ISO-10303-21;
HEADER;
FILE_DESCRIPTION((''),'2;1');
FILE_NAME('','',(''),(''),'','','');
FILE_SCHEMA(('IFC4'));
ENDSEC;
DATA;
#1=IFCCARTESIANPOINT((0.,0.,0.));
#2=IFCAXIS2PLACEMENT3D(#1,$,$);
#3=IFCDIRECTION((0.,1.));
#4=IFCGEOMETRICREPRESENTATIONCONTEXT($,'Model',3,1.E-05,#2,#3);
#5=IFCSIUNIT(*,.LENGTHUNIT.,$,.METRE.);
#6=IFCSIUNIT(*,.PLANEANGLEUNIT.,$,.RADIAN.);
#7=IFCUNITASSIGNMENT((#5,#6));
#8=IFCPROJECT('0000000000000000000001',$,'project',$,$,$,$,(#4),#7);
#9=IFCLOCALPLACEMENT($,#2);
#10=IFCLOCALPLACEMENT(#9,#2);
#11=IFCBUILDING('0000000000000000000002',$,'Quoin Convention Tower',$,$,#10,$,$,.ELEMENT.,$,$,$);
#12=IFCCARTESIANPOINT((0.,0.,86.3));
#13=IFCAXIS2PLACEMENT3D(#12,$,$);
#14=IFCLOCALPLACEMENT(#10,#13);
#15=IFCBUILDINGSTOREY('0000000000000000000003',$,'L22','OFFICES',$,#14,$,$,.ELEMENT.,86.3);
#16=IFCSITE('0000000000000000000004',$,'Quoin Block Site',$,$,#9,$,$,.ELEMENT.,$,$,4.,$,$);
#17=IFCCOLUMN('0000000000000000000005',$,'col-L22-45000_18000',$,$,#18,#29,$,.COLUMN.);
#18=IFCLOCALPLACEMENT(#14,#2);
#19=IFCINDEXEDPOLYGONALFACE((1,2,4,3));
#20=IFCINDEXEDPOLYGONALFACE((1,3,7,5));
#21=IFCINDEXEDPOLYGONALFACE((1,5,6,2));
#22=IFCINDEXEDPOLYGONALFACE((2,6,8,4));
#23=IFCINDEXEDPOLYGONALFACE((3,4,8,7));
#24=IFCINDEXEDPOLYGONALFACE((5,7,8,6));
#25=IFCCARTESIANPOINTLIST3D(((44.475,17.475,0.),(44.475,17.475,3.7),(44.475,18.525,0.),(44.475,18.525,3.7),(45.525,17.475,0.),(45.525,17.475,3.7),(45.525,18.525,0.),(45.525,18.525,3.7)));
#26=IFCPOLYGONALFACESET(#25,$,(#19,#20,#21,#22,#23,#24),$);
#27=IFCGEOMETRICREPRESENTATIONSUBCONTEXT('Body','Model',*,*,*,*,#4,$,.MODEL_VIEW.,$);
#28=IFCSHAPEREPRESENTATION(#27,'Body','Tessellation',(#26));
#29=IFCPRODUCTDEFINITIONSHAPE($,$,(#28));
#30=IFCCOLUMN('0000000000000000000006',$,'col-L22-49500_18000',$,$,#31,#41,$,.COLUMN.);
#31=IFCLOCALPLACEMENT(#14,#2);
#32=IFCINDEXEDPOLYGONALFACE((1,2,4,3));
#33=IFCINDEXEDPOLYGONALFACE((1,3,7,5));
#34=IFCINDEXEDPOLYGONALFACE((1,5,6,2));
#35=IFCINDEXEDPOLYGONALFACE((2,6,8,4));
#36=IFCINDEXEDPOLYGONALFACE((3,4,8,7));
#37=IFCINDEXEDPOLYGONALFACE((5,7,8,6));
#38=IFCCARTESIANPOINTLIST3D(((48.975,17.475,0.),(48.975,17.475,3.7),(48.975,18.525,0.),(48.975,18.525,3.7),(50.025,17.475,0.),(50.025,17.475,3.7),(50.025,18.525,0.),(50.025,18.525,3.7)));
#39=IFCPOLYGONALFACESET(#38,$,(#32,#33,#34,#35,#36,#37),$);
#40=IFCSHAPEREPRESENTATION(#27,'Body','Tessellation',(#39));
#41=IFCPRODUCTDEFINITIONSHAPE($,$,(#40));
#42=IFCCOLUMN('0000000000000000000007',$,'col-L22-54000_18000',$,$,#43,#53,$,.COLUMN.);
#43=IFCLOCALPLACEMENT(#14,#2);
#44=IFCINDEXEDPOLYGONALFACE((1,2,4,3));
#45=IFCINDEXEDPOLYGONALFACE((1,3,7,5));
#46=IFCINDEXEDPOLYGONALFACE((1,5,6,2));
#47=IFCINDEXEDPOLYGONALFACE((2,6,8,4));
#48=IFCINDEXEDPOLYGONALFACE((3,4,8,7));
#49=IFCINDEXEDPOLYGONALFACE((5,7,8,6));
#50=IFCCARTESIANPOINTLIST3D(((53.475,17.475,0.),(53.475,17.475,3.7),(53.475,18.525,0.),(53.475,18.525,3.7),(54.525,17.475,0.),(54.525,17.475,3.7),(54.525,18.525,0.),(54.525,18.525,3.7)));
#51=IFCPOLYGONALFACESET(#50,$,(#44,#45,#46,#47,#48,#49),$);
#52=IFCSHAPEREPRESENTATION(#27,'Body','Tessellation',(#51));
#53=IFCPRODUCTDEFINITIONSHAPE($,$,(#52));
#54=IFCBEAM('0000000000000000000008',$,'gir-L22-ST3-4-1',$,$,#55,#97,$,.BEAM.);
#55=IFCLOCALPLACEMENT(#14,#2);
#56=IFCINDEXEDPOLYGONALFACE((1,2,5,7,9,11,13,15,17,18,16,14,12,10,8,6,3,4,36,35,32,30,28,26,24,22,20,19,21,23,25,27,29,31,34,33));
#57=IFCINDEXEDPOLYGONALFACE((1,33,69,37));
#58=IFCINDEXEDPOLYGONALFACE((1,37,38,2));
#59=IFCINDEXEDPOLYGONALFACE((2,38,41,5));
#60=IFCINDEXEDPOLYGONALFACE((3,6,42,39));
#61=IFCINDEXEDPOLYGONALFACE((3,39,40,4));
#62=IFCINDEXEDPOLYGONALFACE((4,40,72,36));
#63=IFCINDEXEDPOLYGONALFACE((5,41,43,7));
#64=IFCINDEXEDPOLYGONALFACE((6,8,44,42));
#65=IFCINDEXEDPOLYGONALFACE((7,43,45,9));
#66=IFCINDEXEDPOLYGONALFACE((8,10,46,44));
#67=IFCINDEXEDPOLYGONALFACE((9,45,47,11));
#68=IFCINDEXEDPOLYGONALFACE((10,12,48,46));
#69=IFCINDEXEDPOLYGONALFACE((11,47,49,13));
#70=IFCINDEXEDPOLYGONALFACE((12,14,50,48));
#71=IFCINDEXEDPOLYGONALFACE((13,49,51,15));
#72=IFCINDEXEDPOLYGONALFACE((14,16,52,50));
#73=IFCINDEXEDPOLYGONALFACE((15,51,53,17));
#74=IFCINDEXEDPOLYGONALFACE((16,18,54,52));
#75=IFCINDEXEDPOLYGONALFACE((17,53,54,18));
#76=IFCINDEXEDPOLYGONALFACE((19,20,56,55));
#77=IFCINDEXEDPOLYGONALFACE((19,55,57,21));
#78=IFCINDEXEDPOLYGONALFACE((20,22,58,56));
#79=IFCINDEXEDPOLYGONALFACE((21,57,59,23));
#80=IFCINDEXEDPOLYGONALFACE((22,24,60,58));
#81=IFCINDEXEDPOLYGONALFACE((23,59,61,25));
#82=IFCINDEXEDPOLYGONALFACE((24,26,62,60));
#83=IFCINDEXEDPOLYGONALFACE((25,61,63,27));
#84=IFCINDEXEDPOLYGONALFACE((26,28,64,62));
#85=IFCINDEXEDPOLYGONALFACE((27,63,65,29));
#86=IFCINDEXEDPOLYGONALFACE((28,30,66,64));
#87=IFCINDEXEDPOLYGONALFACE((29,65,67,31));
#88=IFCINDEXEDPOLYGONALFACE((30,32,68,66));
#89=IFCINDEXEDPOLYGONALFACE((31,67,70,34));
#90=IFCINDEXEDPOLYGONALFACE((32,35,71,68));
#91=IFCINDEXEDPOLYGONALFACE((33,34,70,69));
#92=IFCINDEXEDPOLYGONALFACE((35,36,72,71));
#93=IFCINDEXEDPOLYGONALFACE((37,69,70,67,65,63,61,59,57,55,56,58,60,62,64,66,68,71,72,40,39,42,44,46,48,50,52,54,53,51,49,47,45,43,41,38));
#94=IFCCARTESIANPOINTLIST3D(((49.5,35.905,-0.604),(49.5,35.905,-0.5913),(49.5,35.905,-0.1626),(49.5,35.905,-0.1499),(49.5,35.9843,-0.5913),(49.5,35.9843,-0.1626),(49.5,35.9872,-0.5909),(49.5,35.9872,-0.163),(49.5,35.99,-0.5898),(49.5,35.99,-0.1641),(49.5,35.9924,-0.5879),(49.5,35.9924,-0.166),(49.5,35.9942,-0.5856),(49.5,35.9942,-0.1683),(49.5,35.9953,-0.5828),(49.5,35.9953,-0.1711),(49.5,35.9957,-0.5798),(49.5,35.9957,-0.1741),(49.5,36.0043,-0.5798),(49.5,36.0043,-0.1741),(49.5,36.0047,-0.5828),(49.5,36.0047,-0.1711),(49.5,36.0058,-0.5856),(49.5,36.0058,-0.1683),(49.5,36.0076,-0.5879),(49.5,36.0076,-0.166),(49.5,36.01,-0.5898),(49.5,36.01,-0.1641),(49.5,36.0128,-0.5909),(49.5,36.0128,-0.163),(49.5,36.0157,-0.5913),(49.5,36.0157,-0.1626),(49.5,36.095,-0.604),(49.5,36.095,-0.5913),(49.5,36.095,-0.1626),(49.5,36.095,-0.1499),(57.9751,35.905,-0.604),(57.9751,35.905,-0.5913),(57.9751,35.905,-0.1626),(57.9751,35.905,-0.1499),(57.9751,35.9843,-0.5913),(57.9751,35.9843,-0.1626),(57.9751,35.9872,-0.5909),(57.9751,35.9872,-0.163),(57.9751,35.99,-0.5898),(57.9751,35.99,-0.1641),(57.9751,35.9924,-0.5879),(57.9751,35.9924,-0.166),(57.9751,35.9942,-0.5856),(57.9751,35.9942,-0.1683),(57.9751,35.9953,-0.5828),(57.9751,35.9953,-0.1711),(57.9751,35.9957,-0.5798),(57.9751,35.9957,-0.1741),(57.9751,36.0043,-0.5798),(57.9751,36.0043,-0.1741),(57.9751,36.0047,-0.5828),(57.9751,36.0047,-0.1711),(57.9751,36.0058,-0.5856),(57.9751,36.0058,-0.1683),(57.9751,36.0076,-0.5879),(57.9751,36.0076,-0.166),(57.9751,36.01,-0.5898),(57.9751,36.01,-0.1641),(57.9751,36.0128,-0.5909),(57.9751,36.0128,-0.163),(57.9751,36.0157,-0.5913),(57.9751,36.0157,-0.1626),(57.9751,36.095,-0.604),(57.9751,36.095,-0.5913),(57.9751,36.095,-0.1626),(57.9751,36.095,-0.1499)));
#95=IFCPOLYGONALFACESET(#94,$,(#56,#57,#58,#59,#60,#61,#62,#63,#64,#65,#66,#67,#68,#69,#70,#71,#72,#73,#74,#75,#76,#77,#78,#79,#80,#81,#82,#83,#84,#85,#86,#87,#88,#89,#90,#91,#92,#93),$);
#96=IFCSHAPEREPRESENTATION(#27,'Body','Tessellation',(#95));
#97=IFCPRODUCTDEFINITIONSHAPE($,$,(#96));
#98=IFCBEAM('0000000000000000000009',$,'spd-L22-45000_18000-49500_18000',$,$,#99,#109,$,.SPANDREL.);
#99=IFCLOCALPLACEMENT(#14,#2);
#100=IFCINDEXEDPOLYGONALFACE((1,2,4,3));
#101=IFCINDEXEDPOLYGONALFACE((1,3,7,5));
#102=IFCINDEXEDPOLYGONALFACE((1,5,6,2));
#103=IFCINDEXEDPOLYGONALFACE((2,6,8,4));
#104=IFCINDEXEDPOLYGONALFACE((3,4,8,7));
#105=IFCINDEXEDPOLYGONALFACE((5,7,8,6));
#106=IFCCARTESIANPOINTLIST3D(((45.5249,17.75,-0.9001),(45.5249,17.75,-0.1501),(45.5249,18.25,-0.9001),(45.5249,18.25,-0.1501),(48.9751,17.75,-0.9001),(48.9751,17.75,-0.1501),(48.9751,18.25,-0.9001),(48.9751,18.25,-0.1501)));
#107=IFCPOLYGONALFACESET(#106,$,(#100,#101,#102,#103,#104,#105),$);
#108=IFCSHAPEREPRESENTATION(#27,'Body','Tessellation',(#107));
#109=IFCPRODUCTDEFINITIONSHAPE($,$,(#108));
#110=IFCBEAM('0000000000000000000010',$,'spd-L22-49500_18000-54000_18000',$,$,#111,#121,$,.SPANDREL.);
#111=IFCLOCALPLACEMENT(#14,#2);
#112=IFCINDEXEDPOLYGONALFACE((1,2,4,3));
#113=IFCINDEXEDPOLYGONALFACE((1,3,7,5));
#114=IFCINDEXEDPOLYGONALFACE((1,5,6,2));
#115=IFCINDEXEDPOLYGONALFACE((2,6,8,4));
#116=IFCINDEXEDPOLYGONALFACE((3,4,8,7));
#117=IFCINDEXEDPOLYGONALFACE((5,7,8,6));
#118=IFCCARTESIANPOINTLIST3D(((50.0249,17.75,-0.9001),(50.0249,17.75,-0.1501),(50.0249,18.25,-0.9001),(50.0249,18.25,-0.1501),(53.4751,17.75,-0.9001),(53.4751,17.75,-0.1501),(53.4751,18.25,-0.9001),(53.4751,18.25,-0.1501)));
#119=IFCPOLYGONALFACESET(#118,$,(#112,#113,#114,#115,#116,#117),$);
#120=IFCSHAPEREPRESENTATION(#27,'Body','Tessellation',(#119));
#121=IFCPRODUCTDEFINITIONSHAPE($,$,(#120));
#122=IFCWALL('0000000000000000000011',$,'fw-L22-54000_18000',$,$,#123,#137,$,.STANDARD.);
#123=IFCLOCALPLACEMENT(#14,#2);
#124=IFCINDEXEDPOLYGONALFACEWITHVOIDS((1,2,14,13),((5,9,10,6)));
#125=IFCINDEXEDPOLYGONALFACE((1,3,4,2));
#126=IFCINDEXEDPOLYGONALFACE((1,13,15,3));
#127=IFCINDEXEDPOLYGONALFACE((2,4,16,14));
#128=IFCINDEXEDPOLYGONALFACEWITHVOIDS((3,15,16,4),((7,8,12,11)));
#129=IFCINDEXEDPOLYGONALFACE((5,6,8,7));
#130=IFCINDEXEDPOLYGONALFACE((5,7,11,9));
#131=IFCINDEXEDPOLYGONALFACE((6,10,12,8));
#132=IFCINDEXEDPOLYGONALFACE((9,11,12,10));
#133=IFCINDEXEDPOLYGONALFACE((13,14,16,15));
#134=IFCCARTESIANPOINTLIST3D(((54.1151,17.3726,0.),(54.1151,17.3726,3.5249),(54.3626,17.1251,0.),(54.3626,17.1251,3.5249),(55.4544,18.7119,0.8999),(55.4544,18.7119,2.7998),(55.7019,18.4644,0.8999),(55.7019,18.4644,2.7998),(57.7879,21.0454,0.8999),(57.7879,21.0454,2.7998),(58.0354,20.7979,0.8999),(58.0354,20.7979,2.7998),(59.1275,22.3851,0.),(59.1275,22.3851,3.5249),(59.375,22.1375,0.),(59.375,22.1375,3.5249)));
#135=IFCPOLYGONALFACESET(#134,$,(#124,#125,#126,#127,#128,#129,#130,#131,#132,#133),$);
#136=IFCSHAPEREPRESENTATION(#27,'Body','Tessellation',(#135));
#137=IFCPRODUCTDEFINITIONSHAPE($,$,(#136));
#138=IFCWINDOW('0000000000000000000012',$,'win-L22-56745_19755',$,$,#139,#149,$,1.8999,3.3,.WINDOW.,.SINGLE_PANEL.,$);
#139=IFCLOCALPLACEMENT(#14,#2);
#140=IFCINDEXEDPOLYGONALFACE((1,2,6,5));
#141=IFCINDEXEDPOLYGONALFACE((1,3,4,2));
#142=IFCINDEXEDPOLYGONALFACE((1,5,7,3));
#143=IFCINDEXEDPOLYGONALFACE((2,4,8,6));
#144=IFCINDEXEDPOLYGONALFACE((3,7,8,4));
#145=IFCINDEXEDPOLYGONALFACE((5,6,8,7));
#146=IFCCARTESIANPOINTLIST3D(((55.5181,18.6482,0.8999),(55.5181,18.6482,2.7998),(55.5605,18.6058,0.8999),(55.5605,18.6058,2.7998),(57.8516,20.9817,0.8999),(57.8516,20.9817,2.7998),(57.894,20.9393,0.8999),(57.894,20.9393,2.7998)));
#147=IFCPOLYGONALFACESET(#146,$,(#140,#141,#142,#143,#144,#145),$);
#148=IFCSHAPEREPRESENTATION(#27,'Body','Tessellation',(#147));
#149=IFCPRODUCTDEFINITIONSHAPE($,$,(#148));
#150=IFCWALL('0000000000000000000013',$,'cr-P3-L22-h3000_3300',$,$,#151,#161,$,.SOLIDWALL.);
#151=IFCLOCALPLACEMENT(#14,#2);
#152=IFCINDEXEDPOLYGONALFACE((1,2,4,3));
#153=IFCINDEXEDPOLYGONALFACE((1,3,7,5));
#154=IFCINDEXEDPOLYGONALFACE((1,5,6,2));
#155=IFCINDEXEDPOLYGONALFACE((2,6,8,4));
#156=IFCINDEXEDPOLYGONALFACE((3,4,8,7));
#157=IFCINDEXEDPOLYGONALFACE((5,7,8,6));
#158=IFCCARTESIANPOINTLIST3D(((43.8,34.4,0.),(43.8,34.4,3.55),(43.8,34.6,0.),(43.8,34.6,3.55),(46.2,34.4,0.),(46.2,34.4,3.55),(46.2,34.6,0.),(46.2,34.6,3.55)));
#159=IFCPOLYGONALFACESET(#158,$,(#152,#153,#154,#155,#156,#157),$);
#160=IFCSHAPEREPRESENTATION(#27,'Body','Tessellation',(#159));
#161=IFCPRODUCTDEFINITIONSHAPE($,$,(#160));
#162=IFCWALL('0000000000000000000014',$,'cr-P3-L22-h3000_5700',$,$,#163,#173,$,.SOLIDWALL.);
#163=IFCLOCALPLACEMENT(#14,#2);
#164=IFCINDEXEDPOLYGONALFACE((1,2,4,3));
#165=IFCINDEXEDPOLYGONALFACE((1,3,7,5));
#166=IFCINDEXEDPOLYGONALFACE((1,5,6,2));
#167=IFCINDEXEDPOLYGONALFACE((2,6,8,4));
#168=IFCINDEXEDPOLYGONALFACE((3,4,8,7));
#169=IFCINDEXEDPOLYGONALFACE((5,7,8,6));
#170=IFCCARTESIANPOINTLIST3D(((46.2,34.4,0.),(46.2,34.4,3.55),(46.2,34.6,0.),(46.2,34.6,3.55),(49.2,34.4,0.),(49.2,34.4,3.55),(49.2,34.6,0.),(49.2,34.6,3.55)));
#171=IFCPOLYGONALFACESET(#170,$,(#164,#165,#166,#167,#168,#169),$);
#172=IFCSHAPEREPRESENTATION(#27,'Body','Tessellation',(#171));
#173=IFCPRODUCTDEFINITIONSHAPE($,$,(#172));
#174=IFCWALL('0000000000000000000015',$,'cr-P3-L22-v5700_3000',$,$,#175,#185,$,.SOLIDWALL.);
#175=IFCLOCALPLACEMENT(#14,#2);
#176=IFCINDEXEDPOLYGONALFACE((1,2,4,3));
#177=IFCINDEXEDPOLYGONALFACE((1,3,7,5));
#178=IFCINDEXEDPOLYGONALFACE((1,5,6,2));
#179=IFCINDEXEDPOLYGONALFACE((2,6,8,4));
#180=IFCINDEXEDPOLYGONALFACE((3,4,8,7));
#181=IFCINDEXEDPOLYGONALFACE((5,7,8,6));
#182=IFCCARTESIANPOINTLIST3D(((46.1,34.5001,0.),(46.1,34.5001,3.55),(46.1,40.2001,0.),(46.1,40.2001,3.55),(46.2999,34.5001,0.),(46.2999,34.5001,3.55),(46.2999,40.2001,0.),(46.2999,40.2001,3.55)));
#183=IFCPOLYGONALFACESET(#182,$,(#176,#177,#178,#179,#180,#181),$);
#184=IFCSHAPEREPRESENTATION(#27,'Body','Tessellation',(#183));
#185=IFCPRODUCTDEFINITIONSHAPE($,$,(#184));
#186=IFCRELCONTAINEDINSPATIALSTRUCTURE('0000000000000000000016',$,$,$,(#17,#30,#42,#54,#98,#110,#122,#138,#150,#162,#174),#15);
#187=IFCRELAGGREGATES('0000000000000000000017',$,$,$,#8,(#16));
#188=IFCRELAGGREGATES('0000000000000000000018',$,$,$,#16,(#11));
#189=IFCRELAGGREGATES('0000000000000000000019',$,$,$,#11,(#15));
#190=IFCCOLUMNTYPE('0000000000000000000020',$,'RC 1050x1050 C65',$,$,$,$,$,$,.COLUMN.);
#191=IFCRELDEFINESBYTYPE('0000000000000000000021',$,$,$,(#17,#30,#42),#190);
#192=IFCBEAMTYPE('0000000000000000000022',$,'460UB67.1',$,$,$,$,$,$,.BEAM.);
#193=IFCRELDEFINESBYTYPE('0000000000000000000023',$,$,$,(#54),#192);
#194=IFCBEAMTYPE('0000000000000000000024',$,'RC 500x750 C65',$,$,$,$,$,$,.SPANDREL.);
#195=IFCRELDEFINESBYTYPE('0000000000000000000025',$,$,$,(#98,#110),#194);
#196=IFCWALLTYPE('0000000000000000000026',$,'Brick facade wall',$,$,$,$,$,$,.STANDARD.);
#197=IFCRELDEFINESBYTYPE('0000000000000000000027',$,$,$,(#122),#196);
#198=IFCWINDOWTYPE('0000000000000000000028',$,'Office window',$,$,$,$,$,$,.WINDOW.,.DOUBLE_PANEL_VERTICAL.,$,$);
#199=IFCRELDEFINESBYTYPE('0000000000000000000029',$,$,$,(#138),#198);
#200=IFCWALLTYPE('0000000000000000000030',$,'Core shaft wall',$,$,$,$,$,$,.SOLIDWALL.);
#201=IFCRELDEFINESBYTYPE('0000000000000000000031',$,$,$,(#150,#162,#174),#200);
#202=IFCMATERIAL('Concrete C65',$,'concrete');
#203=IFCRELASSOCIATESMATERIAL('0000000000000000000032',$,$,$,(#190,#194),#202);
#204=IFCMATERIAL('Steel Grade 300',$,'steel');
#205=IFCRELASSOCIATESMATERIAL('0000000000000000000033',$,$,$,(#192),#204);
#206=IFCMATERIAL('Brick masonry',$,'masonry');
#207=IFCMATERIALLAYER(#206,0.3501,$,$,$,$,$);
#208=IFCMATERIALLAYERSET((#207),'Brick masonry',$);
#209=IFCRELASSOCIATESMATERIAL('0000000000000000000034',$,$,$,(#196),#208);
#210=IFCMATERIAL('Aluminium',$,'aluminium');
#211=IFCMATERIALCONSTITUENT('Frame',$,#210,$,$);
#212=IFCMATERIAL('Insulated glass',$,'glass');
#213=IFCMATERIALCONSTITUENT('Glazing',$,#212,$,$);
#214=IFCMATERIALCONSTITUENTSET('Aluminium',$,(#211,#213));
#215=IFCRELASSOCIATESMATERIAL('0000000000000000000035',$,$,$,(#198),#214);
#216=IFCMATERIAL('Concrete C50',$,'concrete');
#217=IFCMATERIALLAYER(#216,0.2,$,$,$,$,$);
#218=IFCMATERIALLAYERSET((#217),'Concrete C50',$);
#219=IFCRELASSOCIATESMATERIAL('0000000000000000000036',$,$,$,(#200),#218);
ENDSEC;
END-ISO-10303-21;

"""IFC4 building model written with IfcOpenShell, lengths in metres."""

from ifc_helpers import new_model, si_unit, direction, frame, frame_2d, origin, origin_2d, place, context, subcontext, project, spatial, rectangle, i_section, extrude, material, layer, layer_set, constituent, constituent_set, material_profile, profile_set, type_object, element, fill, save


model = new_model("IFC4")

# Units and contexts
model_context = context("Model", 3, precision=1e-05, world=origin(), true_north=direction((0.0, 1.0)))
body_context = subcontext(model_context, "Body", "Model", "MODEL_VIEW")
ifc_project = project(units=[si_unit("LENGTHUNIT", "METRE"), si_unit("PLANEANGLEUNIT", "RADIAN")], contexts=[model_context])

# Site, building, storey
site_placement = place(None, origin())
site = spatial("IfcSite", under=ifc_project, at=site_placement, Name="Quoin Block Site", CompositionType="ELEMENT", RefElevation=4.0)
building_placement = place(site_placement, origin())
building = spatial("IfcBuilding", under=site, at=building_placement, Name="Quoin Convention Tower", CompositionType="ELEMENT")
storey_placement = place(building_placement, frame((0.0, 0.0, 86.3)))
storey = spatial("IfcBuildingStorey", under=building, at=storey_placement, Name="L22", Description="OFFICES", CompositionType="ELEMENT", Elevation=86.3)

# Columns
ifc_material_1 = material(Name="Concrete C65", Category="concrete")
ifc_material_profile_1 = material_profile(ifc_material_1, rectangle(XDim=1.05, YDim=1.05, at=origin_2d()), Name="RC 1050x1050")
ifc_profile_set_1 = profile_set([ifc_material_profile_1], Name="Concrete C65")
column_type = type_object("IfcColumnType", Name="RC 1050x1050 C65", PredefinedType="COLUMN", material=ifc_profile_set_1)
for number, where, z_axis, x_axis, name in (
    (1, (45.0, 18.0, 0.0), (0.0, 0.0, 1.0), (1.0, 0.0, 0.0), "col-L22-45000_18000"),
    (2, (49.5, 18.0, 0.0), (0.0, 0.0, 1.0), (1.0, 0.0, 0.0), "col-L22-49500_18000"),
    (3, (54.0, 18.0, 0.0), (0.0, 0.0, 1.0), (1.0, 0.0, 0.0), "col-L22-54000_18000"),
):
    element("IfcColumn", number, at=place(storey_placement, frame(where, z_axis=z_axis, x_axis=x_axis)), inside=storey, type_object=column_type, Name=name, PredefinedType="COLUMN", context=body_context, shape_type="SweptSolid", body=[
        extrude(rectangle(XDim=1.05, YDim=1.05, at=origin_2d()), origin(), (0.0, 0.0, 1.0), 3.7),
    ])

# Beams
ifc_material_2 = material(Name="Steel Grade 300", Category="steel")
ifc_material_profile_2 = material_profile(ifc_material_2, i_section(OverallWidth=0.1899, OverallDepth=0.4541, WebThickness=0.0085, FlangeThickness=0.0127, FilletRadius=0.0115, at=origin_2d()), Name="460UB67.1")
ifc_profile_set_2 = profile_set([ifc_material_profile_2], Name="Steel Grade 300")
beam_type_1 = type_object("IfcBeamType", Name="460UB67.1", PredefinedType="BEAM", material=ifc_profile_set_2)
beam_placement = place(storey_placement, frame((49.5, 36.0, -0.377), z_axis=(1.0, 0.0, 0.0), x_axis=(0.0, 1.0, 0.0)))
element("IfcBeam", 4, at=beam_placement, inside=storey, type_object=beam_type_1, Name="gir-L22-ST3-4-1", PredefinedType="BEAM", context=body_context, shape_type="SweptSolid", body=[
    extrude(i_section(OverallWidth=0.1899, OverallDepth=0.4541, WebThickness=0.0085, FlangeThickness=0.0127, FilletRadius=0.0115, at=origin_2d()), origin(), (0.0, 0.0, 1.0), 8.4751),
])
ifc_material_profile_3 = material_profile(ifc_material_1, rectangle(XDim=0.5, YDim=0.75, at=origin_2d()), Name="RC 500x750")
ifc_profile_set_3 = profile_set([ifc_material_profile_3], Name="Concrete C65")
beam_type_2 = type_object("IfcBeamType", Name="RC 500x750 C65", PredefinedType="SPANDREL", material=ifc_profile_set_3)
for number, where, z_axis, x_axis, name in (
    (5, (45.5249, 18.0, -0.5251), (1.0, 0.0, 0.0), (0.0, 1.0, 0.0), "spd-L22-45000_18000-49500_18000"),
    (6, (50.0249, 18.0, -0.5251), (1.0, 0.0, 0.0), (0.0, 1.0, 0.0), "spd-L22-49500_18000-54000_18000"),
):
    element("IfcBeam", number, at=place(storey_placement, frame(where, z_axis=z_axis, x_axis=x_axis)), inside=storey, type_object=beam_type_2, Name=name, PredefinedType="SPANDREL", context=body_context, shape_type="SweptSolid", body=[
        extrude(rectangle(XDim=0.5, YDim=0.75, at=origin_2d()), origin(), (0.0, 0.0, 1.0), 3.4502),
    ])

# Wall, opening, window
ifc_material_3 = material(Name="Brick masonry", Category="masonry")
ifc_layer_1 = layer(ifc_material_3, 0.3501)
ifc_layer_set_1 = layer_set([ifc_layer_1], Name="Brick masonry")
wall_type_1 = type_object("IfcWallType", Name="Brick facade wall", PredefinedType="STANDARD", material=ifc_layer_set_1)
wall_1_placement = place(storey_placement, frame((54.2388, 17.2488, 0.0), z_axis=(0.0, 0.0, 1.0), x_axis=(0.707107, 0.707107, 0.0)))
wall_1 = element("IfcWall", 7, at=wall_1_placement, inside=storey, type_object=wall_type_1, Name="fw-L22-54000_18000", PredefinedType="STANDARD", context=body_context, shape_type="SweptSolid", body=[
    extrude(rectangle(XDim=7.0886, YDim=0.3501, at=frame_2d((3.5444, 0.0))), origin(), (0.0, 0.0, 1.0), 3.5249),
])
opening_1_placement = place(wall_1_placement, frame((1.8943, 0.0, 0.8999)))
opening_1 = element("IfcOpeningElement", 8, at=opening_1_placement, cuts=wall_1, PredefinedType="OPENING", context=body_context, shape_type="SweptSolid", body=[
    extrude(rectangle(XDim=3.3, YDim=1.8999, at=frame_2d((1.6499, 0.95))), frame((0.0, 0.1851, 0.0), z_axis=(0.0, -1.0, 0.0), x_axis=(1.0, 0.0, 0.0)), (0.0, 0.0, 1.0), 0.3701),
])
ifc_material_4 = material(Name="Aluminium", Category="aluminium")
ifc_constituent_1 = constituent(ifc_material_4, Name="Frame")
ifc_material_5 = material(Name="Insulated glass", Category="glass")
ifc_constituent_2 = constituent(ifc_material_5, Name="Glazing")
ifc_constituent_set = constituent_set(constituents=[ifc_constituent_1, ifc_constituent_2], Name="Aluminium")
window_type = type_object("IfcWindowType", Name="Office window", PartitioningType="DOUBLE_PANEL_VERTICAL", PredefinedType="WINDOW", material=ifc_constituent_set)
window_placement = place(opening_1_placement, origin())
window = element("IfcWindow", 9, at=window_placement, inside=storey, type_object=window_type, Name="win-L22-56745_19755", OverallHeight=1.8999, OverallWidth=3.3, PartitioningType="SINGLE_PANEL", PredefinedType="WINDOW", context=body_context, shape_type="SweptSolid", body=[
    extrude(rectangle(XDim=3.3, YDim=1.8999, at=frame_2d((1.6499, 0.95))), frame((0.0, 0.085, 0.0), z_axis=(0.0, -1.0, 0.0), x_axis=(1.0, 0.0, 0.0)), (0.0, 0.0, 1.0), 0.0601),
])
fill(opening_1, window)

# Walls
ifc_material_6 = material(Name="Concrete C50", Category="concrete")
ifc_layer_2 = layer(ifc_material_6, 0.2)
ifc_layer_set_2 = layer_set([ifc_layer_2], Name="Concrete C50")
wall_type_2 = type_object("IfcWallType", Name="Core shaft wall", PredefinedType="SOLIDWALL", material=ifc_layer_set_2)
wall_2_placement = place(storey_placement, frame((43.8, 34.5, 0.0), z_axis=(0.0, 0.0, 1.0), x_axis=(1.0, 0.0, 0.0)))
element("IfcWall", 10, at=wall_2_placement, inside=storey, type_object=wall_type_2, Name="cr-P3-L22-h3000_3300", PredefinedType="SOLIDWALL", context=body_context, shape_type="SweptSolid", body=[
    extrude(rectangle(XDim=2.3999, YDim=0.2, at=frame_2d((1.2, 0.0))), origin(), (0.0, 0.0, 1.0), 3.55),
])
wall_3_placement = place(storey_placement, frame((46.2, 34.5, 0.0), z_axis=(0.0, 0.0, 1.0), x_axis=(1.0, 0.0, 0.0)))
element("IfcWall", 11, at=wall_3_placement, inside=storey, type_object=wall_type_2, Name="cr-P3-L22-h3000_5700", PredefinedType="SOLIDWALL", context=body_context, shape_type="SweptSolid", body=[
    extrude(rectangle(XDim=3.0, YDim=0.2, at=frame_2d((1.5, 0.0))), origin(), (0.0, 0.0, 1.0), 3.55),
])
wall_4_placement = place(storey_placement, frame((46.2, 34.5, 0.0), z_axis=(0.0, 0.0, 1.0), x_axis=(0.0, 1.0, 0.0)))
element("IfcWall", 12, at=wall_4_placement, inside=storey, type_object=wall_type_2, Name="cr-P3-L22-v5700_3000", PredefinedType="SOLIDWALL", context=body_context, shape_type="SweptSolid", body=[
    extrude(rectangle(XDim=5.7, YDim=0.2, at=frame_2d((2.8501, 0.0))), origin(), (0.0, 0.0, 1.0), 3.55),
])

save(model, "model.ifc")
